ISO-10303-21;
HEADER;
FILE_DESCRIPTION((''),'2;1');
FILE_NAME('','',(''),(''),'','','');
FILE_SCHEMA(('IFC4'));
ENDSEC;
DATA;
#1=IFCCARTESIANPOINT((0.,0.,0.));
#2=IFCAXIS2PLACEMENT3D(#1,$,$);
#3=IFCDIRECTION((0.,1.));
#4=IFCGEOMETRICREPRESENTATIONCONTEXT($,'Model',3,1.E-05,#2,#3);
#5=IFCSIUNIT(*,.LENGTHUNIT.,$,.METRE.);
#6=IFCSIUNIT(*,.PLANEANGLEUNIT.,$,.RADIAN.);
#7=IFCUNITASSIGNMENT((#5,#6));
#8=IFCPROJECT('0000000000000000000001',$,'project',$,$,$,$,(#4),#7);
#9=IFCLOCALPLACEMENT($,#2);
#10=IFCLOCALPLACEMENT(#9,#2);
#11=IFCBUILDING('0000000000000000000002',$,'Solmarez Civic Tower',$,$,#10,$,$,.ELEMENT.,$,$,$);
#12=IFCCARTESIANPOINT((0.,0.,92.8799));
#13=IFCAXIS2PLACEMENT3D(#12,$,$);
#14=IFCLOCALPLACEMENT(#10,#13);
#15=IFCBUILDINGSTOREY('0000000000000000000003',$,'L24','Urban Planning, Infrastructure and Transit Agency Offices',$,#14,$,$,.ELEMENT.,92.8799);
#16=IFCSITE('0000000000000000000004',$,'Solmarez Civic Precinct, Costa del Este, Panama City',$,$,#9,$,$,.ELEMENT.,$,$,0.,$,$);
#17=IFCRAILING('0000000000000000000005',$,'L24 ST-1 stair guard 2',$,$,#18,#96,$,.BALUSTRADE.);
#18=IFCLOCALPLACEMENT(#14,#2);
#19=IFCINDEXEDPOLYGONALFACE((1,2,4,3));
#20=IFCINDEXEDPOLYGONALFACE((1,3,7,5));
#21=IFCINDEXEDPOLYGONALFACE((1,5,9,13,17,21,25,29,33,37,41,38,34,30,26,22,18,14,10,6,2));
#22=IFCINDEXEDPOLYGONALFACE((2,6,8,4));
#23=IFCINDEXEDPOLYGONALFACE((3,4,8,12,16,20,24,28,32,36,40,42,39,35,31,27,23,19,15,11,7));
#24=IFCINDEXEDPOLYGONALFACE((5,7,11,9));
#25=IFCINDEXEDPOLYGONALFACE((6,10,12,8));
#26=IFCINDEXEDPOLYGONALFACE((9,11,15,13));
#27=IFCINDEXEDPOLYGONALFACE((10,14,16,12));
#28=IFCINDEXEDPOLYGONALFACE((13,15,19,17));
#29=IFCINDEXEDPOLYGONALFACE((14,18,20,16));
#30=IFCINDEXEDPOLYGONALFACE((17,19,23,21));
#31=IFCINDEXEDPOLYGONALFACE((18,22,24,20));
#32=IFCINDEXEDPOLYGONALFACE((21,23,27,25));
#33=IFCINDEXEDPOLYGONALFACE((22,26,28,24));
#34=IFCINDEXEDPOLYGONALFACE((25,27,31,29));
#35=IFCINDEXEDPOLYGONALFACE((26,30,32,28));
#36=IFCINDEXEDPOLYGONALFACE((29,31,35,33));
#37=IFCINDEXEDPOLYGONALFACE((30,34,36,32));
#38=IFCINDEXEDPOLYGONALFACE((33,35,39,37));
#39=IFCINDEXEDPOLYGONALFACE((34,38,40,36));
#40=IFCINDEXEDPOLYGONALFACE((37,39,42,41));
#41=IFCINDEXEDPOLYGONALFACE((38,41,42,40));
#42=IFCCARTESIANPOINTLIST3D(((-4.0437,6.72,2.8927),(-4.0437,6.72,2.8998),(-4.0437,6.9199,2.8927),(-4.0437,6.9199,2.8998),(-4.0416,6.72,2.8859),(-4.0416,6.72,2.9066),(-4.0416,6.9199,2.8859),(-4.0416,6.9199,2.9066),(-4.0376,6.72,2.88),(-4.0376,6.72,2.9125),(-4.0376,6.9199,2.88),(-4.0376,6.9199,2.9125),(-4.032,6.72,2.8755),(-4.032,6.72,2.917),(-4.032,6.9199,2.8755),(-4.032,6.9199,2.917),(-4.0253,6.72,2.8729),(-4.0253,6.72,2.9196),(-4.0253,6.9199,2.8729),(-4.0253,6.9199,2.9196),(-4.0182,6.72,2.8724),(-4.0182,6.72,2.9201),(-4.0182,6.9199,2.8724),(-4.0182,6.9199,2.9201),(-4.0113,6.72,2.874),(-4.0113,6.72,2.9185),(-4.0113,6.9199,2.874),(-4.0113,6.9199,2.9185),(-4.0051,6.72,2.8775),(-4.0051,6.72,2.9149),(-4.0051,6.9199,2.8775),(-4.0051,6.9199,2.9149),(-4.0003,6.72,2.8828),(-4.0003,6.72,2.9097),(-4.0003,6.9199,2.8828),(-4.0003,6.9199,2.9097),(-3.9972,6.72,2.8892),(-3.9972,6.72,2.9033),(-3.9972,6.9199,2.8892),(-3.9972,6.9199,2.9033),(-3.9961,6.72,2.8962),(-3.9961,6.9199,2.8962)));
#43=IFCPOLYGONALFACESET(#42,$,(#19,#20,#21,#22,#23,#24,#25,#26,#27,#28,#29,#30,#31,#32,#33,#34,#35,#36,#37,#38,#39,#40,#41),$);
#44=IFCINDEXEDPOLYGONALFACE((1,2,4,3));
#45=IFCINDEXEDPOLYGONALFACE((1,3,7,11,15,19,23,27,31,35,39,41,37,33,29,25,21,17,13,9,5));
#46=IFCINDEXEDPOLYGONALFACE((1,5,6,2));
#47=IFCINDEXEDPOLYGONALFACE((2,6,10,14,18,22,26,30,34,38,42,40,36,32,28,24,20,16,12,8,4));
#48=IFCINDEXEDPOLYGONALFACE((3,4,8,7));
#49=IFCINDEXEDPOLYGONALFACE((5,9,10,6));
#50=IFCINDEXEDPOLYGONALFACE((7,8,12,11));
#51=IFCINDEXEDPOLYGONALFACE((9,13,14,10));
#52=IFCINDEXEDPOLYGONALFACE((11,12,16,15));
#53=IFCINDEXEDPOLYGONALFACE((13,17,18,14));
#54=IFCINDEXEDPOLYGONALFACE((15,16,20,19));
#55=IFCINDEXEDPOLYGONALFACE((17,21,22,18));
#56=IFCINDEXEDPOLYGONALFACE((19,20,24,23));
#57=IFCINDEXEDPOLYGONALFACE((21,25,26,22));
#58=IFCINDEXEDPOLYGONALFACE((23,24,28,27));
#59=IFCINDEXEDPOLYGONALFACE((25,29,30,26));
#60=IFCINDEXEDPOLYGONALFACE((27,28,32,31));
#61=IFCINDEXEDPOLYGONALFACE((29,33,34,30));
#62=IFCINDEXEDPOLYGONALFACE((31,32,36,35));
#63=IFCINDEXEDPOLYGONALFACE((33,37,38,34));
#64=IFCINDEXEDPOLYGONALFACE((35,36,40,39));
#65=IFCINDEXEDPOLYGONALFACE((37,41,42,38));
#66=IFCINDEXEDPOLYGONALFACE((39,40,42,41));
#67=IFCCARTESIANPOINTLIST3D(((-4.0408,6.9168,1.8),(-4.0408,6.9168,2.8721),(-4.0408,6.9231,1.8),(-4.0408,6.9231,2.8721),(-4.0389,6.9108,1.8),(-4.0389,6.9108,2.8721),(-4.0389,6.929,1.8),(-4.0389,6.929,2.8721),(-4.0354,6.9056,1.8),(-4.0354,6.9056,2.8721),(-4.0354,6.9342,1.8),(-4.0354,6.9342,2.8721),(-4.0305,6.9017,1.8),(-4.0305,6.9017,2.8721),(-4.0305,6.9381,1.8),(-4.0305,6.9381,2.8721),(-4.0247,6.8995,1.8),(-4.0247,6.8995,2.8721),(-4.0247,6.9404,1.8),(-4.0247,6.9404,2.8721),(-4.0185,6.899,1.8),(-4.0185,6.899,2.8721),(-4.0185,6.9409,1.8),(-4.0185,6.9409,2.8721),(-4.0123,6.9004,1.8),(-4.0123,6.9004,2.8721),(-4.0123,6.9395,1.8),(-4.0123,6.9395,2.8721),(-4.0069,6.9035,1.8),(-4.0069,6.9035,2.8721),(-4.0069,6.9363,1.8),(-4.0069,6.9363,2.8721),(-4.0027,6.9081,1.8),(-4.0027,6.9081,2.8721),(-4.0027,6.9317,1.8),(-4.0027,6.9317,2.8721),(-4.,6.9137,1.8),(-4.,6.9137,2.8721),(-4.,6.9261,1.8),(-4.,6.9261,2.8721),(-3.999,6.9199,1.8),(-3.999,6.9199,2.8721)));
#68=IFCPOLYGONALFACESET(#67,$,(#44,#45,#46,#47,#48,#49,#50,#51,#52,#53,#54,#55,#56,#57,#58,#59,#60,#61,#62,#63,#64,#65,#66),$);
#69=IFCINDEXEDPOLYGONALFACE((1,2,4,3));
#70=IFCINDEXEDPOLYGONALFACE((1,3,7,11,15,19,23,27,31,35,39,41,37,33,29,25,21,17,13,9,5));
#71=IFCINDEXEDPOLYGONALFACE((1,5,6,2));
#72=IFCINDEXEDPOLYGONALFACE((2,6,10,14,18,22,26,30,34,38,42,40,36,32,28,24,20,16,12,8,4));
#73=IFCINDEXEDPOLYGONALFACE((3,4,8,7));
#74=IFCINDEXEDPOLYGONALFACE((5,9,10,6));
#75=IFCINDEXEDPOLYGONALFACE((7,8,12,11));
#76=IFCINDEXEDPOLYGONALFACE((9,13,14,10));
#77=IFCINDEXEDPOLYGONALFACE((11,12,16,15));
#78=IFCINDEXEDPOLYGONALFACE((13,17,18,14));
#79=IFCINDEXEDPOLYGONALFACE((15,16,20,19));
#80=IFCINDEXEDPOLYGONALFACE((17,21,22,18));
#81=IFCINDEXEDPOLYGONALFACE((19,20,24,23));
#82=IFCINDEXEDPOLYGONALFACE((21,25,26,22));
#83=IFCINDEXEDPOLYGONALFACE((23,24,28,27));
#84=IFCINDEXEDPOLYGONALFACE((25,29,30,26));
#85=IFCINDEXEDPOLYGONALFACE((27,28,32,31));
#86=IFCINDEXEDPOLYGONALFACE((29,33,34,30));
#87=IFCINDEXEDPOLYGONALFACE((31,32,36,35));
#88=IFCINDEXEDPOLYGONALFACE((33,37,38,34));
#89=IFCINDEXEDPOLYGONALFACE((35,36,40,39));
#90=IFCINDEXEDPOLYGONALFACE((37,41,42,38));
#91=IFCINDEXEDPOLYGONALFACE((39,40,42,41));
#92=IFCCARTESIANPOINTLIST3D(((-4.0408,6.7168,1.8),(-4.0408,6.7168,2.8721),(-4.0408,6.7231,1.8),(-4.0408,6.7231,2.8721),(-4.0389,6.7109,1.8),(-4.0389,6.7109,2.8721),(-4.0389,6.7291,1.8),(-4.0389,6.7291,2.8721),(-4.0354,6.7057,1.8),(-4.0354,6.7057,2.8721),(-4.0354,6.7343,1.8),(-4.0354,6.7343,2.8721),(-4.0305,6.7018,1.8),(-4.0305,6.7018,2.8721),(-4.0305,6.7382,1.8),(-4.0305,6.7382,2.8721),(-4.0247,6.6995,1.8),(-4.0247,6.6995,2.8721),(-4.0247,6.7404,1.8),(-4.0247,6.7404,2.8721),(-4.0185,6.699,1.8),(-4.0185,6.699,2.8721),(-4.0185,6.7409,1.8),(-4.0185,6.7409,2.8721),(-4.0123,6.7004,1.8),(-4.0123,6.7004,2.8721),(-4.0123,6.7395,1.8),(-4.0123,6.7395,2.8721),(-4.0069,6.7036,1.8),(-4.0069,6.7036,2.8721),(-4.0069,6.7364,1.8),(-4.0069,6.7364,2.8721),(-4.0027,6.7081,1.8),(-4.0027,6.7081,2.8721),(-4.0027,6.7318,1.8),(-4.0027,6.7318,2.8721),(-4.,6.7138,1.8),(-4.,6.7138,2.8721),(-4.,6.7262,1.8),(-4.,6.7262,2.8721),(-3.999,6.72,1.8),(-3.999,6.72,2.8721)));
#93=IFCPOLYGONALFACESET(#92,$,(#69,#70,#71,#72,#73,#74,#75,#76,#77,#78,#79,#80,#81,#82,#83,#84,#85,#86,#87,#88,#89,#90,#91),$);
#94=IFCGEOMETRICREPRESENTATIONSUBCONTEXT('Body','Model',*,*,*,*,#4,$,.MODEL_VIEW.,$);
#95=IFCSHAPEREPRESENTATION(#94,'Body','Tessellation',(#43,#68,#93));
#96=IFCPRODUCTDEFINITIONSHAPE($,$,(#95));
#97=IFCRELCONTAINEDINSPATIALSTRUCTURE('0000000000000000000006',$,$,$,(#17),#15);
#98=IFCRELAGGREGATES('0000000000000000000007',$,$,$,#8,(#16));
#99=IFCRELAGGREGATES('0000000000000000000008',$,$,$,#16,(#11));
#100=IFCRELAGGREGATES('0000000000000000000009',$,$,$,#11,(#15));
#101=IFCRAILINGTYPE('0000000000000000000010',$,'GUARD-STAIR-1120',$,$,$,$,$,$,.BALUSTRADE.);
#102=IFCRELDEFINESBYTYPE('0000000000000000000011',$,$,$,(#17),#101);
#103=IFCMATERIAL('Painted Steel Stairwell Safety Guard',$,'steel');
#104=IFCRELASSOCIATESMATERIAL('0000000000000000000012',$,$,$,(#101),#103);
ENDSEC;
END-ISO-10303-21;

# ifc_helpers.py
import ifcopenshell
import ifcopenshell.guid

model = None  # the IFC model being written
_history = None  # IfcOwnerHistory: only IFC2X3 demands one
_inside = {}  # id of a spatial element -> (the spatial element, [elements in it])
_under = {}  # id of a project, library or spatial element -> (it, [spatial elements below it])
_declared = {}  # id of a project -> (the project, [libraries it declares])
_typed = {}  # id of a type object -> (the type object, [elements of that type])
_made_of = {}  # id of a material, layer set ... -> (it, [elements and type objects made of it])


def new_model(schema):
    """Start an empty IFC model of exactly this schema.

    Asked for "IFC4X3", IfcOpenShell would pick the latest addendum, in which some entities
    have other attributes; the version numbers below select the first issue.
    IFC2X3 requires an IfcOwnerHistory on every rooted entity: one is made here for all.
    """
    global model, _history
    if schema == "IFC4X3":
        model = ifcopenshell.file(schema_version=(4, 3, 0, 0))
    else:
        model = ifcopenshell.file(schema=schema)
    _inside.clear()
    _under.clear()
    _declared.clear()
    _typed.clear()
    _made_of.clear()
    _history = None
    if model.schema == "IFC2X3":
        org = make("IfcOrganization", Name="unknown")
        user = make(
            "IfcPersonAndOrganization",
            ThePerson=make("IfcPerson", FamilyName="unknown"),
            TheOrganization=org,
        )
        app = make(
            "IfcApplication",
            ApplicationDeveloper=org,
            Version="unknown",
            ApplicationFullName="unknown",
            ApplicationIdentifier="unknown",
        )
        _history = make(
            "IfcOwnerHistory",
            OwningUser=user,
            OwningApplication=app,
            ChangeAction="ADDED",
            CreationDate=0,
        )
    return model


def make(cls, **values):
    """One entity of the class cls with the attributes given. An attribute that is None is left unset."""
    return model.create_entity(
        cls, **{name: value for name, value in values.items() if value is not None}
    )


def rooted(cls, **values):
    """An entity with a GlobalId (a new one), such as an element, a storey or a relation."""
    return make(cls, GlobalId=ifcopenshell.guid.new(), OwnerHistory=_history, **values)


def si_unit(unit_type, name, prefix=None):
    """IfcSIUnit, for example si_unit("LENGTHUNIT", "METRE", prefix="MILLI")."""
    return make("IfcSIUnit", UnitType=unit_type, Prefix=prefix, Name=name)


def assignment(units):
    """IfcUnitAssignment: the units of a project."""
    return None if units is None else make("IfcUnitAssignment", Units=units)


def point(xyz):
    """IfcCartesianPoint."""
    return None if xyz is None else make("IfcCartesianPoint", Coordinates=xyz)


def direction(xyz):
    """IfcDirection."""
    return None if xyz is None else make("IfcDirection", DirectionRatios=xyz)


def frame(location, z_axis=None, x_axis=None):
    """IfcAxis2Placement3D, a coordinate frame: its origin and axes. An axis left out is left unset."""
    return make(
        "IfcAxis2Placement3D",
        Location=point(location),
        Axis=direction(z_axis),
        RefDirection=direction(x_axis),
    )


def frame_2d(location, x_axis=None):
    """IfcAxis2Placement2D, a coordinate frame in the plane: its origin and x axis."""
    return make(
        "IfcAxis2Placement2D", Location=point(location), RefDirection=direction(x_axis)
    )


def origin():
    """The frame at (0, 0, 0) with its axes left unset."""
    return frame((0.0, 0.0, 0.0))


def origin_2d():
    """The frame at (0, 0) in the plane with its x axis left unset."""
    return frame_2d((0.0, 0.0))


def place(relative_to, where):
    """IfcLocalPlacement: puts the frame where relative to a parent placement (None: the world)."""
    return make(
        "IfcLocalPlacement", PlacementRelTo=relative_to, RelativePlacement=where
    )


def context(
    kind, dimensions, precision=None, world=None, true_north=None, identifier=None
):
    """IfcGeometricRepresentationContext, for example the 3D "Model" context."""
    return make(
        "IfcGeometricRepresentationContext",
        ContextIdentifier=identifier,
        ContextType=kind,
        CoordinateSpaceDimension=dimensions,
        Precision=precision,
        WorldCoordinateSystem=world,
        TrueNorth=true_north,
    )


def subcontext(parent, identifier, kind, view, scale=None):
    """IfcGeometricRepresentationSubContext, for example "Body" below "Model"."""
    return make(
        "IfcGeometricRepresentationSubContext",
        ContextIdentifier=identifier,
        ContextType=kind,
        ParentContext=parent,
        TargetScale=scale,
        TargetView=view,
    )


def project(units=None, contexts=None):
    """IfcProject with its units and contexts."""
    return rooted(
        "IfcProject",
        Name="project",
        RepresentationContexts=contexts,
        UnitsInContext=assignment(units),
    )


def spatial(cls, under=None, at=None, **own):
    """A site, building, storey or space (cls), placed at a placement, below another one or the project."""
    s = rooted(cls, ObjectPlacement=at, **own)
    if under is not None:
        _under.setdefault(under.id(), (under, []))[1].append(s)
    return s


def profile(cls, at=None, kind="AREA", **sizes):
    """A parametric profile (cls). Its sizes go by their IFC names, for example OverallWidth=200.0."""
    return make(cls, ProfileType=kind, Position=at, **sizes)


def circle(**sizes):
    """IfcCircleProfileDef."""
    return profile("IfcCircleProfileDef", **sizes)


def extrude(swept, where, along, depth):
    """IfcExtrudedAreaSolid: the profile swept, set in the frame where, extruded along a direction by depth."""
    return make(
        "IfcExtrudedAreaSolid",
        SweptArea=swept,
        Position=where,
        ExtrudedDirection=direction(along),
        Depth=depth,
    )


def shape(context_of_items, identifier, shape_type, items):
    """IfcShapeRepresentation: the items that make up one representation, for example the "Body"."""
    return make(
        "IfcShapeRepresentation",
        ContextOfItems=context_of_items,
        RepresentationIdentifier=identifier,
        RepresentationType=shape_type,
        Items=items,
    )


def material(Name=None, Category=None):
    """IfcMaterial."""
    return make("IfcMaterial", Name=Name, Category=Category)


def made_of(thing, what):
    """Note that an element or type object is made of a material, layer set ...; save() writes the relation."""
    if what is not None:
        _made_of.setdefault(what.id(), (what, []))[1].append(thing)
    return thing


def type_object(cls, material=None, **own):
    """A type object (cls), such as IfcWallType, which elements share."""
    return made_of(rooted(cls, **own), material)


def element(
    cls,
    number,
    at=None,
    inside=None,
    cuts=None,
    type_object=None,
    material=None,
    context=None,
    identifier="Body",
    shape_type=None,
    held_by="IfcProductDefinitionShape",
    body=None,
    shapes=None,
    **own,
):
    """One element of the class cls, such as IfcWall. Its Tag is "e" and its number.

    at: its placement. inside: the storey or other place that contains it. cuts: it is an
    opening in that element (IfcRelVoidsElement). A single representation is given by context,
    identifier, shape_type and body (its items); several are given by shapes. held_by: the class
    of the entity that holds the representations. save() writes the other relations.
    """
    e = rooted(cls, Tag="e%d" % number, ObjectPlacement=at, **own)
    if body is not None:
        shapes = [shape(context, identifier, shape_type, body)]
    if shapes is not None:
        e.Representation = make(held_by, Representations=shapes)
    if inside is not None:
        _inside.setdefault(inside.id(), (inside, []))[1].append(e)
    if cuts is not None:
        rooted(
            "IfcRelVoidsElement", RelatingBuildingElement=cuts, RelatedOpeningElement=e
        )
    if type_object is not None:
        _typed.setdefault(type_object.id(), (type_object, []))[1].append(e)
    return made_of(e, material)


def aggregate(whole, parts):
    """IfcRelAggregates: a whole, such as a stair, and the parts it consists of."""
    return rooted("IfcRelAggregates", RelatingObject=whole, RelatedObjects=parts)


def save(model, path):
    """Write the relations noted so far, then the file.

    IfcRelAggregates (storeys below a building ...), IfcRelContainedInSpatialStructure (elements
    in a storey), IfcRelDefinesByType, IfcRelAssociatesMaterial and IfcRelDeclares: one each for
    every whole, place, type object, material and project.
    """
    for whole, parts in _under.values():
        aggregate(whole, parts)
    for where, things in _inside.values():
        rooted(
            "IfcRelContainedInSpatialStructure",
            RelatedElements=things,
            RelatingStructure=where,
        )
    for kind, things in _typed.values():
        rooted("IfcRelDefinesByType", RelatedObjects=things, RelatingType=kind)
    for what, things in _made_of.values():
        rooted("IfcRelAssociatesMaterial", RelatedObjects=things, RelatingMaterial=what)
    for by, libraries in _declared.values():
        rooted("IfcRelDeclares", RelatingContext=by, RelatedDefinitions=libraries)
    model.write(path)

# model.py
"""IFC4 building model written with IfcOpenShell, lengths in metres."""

from ifc_helpers import new_model, si_unit, direction, frame, origin, origin_2d, place, context, subcontext, project, spatial, circle, extrude, material, type_object, element, save


model = new_model("IFC4")

# Units and contexts
model_context = context("Model", 3, precision=1e-05, world=origin(), true_north=direction((0.0, 1.0)))
body_context = subcontext(model_context, "Body", "Model", "MODEL_VIEW")
ifc_project = project(units=[si_unit("LENGTHUNIT", "METRE"), si_unit("PLANEANGLEUNIT", "RADIAN")], contexts=[model_context])

# Site, building, storey
site_placement = place(None, origin())
site = spatial("IfcSite", under=ifc_project, at=site_placement, Name="Solmarez Civic Precinct, Costa del Este, Panama City", CompositionType="ELEMENT", RefElevation=0.0)
building_placement = place(site_placement, origin())
building = spatial("IfcBuilding", under=site, at=building_placement, Name="Solmarez Civic Tower", CompositionType="ELEMENT")
storey_placement = place(building_placement, frame((0.0, 0.0, 92.8799)))
storey = spatial("IfcBuildingStorey", under=building, at=storey_placement, Name="L24", Description="Urban Planning, Infrastructure and Transit Agency Offices", CompositionType="ELEMENT", Elevation=92.8799)

# Railing
ifc_material_1 = material(Name="Painted Steel Stairwell Safety Guard", Category="steel")
railing_type_1 = type_object("IfcRailingType", Name="GUARD-STAIR-1120", PredefinedType="BALUSTRADE", material=ifc_material_1)
railing_1_placement = place(storey_placement, frame((-4.02, 6.9199, 1.8)))
element("IfcRailing", 1, at=railing_1_placement, inside=storey, type_object=railing_type_1, Name="L24 ST-1 stair guard 2", PredefinedType="BALUSTRADE", context=body_context, shape_type="SweptSolid", body=[
    extrude(circle(Radius=0.0239, at=origin_2d()), frame((0.0, 0.0, 1.0962), z_axis=(0.0, -1.0, 0.0), x_axis=(1.0, 0.0, 0.0)), (0.0, 0.0, 1.0), 0.2),
    extrude(circle(Radius=0.021, at=origin_2d()), origin(), (0.0, 0.0, 1.0), 1.072),
    extrude(circle(Radius=0.021, at=origin_2d()), frame((0.0, -0.2, 0.0)), (0.0, 0.0, 1.0), 1.072),
])

save(model, "model.ifc")
